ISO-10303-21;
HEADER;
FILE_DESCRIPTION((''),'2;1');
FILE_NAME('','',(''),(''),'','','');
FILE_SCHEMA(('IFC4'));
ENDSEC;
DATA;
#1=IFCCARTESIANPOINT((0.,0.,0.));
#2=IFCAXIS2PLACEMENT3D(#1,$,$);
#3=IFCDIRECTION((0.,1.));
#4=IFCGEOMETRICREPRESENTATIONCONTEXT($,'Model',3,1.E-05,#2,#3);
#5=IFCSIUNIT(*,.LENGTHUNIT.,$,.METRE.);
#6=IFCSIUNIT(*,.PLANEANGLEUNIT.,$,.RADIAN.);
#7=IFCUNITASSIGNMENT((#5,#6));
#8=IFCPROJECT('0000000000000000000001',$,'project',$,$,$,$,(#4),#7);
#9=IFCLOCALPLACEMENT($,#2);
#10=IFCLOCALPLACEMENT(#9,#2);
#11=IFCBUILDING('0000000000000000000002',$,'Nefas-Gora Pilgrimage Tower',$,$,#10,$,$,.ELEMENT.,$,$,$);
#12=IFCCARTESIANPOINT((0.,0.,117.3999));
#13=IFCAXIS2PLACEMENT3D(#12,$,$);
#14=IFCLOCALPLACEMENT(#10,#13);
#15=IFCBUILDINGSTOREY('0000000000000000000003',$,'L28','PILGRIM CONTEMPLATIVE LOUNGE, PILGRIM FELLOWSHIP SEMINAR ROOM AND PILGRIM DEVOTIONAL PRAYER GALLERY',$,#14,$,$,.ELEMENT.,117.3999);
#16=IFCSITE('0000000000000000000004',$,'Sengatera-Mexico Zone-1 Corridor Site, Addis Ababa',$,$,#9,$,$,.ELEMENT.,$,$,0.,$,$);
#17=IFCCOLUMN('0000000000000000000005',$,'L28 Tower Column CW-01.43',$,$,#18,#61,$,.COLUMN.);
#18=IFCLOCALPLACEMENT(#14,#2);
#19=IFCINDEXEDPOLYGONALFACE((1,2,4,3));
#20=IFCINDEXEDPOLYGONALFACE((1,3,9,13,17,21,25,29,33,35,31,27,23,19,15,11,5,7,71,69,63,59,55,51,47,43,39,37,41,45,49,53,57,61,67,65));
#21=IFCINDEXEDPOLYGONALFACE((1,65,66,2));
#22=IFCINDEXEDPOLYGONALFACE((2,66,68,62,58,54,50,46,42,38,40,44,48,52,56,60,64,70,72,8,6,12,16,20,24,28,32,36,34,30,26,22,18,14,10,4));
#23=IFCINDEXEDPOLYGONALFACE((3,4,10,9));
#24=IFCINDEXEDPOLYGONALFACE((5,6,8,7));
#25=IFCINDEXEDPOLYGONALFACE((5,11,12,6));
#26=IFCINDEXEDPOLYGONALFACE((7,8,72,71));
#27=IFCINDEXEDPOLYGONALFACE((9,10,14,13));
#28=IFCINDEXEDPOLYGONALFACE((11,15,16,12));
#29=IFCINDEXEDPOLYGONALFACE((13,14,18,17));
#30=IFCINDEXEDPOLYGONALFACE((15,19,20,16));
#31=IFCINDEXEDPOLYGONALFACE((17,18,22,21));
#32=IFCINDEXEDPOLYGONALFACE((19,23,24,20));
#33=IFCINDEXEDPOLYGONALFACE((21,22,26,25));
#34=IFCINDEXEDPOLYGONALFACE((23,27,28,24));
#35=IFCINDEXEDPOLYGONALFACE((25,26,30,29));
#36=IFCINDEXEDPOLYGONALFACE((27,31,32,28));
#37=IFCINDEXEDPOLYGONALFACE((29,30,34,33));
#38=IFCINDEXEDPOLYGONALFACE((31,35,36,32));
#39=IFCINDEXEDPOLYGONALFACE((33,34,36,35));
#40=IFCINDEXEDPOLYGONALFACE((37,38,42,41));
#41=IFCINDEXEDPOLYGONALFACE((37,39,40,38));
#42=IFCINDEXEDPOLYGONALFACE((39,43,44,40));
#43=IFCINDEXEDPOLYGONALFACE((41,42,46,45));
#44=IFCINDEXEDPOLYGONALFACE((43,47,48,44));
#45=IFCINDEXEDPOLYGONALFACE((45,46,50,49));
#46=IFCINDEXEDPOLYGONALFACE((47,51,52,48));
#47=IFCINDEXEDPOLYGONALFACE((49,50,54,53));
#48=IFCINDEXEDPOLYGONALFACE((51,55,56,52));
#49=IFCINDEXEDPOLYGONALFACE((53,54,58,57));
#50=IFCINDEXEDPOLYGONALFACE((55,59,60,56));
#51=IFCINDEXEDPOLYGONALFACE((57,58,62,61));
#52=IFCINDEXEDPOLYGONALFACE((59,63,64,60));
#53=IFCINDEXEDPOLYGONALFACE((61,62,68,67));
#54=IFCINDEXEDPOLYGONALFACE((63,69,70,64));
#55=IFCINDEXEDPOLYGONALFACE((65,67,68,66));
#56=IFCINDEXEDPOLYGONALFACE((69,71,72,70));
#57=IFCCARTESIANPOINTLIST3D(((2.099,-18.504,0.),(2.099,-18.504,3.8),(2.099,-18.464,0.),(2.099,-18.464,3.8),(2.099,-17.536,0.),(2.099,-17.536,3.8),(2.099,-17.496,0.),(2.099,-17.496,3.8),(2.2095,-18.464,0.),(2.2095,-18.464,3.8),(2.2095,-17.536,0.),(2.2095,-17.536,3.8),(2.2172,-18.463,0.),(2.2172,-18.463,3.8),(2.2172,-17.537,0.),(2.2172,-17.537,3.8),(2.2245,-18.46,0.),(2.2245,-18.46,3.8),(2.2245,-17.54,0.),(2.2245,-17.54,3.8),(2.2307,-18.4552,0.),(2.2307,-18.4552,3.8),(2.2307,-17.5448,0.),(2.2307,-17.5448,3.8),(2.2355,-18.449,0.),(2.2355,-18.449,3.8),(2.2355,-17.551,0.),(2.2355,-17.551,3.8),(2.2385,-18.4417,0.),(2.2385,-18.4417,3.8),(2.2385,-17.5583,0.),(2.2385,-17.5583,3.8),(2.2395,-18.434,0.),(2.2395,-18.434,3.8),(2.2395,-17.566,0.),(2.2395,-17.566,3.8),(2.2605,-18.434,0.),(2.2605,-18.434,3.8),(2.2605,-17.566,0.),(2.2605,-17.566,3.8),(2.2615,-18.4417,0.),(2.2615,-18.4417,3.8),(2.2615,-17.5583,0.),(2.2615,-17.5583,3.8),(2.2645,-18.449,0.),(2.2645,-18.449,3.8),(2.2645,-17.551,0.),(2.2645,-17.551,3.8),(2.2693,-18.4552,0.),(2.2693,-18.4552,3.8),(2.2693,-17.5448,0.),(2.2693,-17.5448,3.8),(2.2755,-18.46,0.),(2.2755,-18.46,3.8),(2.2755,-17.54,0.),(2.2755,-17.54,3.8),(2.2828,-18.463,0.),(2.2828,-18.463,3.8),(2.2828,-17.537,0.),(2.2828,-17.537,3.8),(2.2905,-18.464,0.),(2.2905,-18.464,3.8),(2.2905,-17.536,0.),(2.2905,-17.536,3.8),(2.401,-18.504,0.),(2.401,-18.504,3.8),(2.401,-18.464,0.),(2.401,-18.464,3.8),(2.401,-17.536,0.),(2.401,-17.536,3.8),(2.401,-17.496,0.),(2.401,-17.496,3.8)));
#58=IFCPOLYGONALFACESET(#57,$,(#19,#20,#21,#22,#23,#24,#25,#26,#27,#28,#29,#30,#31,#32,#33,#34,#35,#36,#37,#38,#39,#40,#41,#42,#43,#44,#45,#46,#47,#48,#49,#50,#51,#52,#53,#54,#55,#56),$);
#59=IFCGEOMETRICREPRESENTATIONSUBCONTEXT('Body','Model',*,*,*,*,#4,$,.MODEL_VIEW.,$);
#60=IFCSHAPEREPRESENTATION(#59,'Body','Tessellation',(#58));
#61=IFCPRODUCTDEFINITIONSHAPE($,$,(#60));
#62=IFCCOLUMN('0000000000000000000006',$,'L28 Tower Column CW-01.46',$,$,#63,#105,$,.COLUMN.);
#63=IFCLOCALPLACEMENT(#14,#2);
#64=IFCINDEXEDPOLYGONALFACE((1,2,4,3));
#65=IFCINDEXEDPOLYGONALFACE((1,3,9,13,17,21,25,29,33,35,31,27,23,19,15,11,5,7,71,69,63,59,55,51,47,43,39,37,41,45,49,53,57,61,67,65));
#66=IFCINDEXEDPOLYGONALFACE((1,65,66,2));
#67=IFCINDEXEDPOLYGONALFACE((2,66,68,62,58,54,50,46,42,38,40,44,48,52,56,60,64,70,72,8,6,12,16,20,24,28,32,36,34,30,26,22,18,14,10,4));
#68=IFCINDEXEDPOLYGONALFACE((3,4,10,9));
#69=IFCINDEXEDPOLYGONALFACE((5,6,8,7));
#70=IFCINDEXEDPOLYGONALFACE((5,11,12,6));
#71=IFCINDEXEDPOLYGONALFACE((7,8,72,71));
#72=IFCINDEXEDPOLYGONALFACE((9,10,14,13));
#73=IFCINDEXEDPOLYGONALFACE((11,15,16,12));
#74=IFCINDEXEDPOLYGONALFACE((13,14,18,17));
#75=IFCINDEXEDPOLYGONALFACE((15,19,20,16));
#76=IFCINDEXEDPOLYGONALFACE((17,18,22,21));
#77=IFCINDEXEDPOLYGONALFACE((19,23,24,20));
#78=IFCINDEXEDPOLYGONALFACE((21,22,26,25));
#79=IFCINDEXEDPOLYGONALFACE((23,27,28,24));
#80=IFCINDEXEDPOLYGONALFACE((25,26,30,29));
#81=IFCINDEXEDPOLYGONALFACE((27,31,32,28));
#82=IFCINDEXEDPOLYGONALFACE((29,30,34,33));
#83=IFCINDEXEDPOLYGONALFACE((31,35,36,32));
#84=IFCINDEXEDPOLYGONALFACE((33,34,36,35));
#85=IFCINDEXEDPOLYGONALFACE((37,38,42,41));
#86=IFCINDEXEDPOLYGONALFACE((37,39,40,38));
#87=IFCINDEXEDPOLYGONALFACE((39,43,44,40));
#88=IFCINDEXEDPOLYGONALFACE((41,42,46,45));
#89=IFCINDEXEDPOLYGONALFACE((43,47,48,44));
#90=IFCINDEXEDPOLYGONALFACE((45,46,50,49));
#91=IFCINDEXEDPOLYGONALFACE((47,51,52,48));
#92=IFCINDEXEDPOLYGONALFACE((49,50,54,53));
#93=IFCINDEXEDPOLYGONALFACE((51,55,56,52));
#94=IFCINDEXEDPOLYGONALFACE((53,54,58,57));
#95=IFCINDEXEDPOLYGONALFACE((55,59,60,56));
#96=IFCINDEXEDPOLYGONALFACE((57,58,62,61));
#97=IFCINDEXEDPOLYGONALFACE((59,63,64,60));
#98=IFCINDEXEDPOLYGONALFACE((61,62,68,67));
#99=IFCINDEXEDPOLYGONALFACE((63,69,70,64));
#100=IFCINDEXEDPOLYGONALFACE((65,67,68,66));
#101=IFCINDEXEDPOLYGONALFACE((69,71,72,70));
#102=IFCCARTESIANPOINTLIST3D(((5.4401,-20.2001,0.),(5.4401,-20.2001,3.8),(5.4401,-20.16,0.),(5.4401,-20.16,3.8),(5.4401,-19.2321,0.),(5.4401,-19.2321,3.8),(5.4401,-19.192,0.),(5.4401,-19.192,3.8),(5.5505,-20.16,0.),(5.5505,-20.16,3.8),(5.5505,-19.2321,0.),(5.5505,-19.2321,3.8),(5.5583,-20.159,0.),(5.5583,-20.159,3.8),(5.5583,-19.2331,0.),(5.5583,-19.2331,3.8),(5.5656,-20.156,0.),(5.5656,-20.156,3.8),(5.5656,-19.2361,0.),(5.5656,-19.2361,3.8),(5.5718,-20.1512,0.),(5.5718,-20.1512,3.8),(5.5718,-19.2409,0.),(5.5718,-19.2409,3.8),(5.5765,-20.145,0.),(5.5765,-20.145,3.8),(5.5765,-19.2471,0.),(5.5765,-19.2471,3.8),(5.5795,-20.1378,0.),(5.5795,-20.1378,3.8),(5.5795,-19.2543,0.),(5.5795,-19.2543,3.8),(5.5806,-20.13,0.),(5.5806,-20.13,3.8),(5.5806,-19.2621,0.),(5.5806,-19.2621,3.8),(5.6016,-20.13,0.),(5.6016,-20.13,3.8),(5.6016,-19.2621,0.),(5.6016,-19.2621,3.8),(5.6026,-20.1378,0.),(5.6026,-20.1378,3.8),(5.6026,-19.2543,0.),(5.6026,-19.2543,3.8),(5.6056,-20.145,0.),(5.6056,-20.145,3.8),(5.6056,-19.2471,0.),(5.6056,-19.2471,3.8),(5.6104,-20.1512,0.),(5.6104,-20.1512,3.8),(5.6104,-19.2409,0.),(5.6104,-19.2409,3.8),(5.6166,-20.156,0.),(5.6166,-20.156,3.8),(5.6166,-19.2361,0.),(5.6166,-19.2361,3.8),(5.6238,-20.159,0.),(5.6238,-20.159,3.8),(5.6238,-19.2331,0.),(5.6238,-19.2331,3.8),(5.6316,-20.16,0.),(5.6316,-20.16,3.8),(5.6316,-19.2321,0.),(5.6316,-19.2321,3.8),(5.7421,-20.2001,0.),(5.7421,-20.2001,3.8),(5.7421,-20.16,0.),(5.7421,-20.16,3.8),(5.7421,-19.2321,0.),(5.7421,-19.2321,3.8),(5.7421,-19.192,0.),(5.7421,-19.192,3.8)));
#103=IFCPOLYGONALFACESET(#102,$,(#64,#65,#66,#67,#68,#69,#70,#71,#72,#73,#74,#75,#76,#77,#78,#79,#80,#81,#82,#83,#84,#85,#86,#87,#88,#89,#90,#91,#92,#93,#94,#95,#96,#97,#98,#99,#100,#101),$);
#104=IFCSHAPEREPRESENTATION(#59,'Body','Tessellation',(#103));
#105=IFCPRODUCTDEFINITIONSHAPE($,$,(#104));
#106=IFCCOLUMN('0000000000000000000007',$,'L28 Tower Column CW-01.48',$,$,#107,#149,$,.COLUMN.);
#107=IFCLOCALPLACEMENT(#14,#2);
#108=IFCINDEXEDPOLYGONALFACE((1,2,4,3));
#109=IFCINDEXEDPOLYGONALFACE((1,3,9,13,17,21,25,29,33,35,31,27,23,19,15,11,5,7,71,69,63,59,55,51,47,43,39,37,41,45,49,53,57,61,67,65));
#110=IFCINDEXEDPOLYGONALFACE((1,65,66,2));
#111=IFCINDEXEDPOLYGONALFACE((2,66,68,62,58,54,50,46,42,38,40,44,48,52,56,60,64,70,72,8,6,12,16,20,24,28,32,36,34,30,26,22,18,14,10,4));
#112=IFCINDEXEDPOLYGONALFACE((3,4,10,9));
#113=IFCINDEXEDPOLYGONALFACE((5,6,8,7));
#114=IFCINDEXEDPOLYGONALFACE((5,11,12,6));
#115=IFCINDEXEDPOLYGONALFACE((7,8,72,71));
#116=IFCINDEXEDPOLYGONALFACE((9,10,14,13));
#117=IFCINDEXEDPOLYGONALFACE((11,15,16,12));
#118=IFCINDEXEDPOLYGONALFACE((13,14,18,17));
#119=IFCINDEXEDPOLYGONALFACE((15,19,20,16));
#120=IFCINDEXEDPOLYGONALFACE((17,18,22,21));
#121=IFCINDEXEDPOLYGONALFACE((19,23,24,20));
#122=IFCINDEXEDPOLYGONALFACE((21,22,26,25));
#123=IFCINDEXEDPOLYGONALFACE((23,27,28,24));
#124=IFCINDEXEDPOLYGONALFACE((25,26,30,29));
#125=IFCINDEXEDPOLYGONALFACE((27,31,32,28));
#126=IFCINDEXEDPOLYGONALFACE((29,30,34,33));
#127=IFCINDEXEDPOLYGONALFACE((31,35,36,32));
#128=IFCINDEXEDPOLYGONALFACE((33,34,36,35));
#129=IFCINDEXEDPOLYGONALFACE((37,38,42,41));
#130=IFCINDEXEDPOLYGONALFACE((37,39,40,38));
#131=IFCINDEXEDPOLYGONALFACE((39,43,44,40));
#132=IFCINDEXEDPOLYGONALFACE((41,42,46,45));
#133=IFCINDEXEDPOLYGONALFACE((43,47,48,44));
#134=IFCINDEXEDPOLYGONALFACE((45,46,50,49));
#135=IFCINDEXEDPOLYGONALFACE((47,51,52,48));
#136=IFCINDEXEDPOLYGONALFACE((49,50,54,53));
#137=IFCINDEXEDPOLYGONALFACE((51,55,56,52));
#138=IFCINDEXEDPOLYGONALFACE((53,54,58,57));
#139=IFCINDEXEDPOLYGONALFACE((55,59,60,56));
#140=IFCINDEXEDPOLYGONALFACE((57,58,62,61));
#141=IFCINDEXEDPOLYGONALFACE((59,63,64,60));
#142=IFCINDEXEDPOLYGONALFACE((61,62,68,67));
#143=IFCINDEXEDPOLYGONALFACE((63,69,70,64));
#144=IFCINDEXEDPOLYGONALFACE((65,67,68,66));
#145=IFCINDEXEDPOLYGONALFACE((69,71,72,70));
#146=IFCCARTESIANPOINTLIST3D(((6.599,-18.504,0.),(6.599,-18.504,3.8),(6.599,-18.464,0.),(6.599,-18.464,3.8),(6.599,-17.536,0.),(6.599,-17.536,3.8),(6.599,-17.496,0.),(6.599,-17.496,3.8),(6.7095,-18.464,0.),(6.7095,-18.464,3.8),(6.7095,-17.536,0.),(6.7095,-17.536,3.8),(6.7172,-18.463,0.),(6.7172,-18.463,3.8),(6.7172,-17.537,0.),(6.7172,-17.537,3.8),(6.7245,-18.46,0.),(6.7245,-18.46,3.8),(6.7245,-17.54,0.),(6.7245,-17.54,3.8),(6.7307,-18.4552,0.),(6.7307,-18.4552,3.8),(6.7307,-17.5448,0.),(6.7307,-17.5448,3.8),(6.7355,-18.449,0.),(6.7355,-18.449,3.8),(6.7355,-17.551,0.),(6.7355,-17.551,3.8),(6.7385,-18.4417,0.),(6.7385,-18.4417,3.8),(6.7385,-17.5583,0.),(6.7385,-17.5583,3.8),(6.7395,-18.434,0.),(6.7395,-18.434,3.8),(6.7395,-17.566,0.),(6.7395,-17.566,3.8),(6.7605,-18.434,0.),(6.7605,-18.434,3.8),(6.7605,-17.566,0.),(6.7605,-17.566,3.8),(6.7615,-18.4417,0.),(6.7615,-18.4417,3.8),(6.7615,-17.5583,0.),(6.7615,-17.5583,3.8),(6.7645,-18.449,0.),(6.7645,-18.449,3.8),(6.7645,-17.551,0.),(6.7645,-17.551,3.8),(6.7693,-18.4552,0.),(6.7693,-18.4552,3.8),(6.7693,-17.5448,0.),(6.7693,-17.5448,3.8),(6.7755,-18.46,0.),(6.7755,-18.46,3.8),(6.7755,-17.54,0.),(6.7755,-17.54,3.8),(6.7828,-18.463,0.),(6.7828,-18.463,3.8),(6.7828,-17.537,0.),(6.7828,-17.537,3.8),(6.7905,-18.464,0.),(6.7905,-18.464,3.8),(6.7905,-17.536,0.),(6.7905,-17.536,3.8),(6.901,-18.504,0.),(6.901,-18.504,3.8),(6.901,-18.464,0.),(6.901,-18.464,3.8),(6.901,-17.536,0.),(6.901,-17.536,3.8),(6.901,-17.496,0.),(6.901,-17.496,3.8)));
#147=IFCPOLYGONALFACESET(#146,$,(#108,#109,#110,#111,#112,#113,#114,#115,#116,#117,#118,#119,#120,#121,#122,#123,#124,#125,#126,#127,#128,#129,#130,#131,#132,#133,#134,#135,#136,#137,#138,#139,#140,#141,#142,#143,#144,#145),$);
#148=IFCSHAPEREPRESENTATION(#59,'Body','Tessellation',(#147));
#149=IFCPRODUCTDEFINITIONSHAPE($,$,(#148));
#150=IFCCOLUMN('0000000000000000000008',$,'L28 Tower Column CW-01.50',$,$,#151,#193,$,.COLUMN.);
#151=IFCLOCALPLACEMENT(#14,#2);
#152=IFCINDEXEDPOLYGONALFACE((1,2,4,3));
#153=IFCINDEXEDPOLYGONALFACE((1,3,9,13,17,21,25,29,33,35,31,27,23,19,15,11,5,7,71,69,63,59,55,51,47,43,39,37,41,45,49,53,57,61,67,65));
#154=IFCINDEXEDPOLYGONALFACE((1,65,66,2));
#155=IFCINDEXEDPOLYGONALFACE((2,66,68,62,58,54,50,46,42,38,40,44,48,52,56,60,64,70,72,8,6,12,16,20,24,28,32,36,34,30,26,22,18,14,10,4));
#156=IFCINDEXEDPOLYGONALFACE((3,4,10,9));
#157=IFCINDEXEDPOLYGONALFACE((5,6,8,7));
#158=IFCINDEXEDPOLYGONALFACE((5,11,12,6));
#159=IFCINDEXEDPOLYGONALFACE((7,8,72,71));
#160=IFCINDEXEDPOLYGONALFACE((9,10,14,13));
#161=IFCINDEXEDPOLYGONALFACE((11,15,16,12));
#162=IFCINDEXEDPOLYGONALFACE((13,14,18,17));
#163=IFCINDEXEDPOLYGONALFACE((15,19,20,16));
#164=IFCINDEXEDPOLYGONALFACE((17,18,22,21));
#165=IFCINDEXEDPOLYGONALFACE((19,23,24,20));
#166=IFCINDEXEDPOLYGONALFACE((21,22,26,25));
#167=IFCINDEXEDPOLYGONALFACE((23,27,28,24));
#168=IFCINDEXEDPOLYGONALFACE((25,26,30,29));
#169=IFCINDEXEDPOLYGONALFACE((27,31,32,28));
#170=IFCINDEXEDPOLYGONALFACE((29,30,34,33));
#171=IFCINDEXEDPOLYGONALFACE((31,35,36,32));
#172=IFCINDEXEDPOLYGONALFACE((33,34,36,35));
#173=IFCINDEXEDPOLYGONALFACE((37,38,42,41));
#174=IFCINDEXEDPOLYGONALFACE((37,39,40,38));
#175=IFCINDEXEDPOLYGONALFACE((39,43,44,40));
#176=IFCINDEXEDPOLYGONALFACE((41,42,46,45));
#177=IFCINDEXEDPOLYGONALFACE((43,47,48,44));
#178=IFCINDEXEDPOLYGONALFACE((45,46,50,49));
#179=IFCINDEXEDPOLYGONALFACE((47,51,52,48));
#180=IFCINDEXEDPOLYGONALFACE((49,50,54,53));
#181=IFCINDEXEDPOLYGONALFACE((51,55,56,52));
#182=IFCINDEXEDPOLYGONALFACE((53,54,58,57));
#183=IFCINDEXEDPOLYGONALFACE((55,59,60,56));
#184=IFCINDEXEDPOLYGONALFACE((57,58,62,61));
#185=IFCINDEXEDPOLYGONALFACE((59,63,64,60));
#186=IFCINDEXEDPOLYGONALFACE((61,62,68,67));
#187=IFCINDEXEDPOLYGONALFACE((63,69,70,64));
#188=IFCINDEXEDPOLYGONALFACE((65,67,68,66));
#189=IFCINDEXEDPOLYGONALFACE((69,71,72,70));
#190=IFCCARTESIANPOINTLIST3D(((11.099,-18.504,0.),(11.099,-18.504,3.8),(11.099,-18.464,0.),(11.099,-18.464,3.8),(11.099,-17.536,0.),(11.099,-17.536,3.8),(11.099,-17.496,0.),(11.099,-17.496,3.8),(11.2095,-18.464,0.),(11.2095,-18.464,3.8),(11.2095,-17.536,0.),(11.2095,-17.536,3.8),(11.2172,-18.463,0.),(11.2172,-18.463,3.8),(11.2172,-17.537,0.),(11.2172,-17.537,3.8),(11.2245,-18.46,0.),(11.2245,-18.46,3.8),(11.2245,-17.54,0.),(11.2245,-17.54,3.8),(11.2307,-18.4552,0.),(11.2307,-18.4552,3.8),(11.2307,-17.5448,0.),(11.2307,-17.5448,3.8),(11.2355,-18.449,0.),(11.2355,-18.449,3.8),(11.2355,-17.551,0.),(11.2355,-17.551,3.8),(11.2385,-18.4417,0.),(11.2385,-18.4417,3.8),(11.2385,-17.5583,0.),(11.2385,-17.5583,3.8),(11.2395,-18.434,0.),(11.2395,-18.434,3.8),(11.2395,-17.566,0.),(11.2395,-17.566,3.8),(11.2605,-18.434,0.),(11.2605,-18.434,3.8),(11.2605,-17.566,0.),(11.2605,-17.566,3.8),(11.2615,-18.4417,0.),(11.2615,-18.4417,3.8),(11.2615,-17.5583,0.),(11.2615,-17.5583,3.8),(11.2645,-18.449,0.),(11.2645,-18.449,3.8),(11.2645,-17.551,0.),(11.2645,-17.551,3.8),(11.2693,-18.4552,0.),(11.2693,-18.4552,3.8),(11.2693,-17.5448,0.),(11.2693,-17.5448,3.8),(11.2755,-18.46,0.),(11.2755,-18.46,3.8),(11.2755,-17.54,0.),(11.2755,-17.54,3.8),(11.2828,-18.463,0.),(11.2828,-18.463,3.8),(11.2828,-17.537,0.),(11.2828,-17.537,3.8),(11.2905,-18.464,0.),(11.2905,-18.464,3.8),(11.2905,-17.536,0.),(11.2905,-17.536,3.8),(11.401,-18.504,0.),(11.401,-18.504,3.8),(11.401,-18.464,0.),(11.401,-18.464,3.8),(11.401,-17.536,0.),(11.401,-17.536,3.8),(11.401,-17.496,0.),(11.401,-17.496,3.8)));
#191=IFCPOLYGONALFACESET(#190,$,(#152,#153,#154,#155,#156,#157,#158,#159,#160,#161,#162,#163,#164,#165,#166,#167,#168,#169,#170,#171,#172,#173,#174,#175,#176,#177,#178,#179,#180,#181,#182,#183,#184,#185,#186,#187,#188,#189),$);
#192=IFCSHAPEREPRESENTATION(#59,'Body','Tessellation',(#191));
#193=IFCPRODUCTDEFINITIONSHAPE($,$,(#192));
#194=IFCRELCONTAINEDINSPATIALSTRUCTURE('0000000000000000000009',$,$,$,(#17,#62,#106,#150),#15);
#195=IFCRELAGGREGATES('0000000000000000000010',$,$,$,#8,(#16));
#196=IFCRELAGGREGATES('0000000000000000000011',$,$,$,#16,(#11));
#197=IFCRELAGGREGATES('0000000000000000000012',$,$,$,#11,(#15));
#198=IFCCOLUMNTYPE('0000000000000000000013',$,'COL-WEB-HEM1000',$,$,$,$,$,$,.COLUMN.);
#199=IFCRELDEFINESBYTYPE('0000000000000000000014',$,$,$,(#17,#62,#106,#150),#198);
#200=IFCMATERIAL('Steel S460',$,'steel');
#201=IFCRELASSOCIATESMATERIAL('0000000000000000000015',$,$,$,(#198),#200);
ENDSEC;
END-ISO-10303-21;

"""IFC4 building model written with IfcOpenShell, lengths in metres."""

from ifc_helpers import new_model, si_unit, direction, frame, origin, origin_2d, place, context, subcontext, project, spatial, i_section, extrude, source, transform, mapped, material, material_profile, profile_set, type_object, element, save


model = new_model("IFC4")

# Units and contexts
model_context = context("Model", 3, precision=1e-05, world=origin(), true_north=direction((0.0, 1.0)))
body_context = subcontext(model_context, "Body", "Model", "MODEL_VIEW")
ifc_project = project(units=[si_unit("LENGTHUNIT", "METRE"), si_unit("PLANEANGLEUNIT", "RADIAN")], contexts=[model_context])

# Site, building, storey
site_placement = place(None, origin())
site = spatial("IfcSite", under=ifc_project, at=site_placement, Name="Sengatera-Mexico Zone-1 Corridor Site, Addis Ababa", CompositionType="ELEMENT", RefElevation=0.0)
building_placement = place(site_placement, origin())
building = spatial("IfcBuilding", under=site, at=building_placement, Name="Nefas-Gora Pilgrimage Tower", CompositionType="ELEMENT")
storey_placement = place(building_placement, frame((0.0, 0.0, 117.3999)))
storey = spatial("IfcBuildingStorey", under=building, at=storey_placement, Name="L28", Description="PILGRIM CONTEMPLATIVE LOUNGE, PILGRIM FELLOWSHIP SEMINAR ROOM AND PILGRIM DEVOTIONAL PRAYER GALLERY", CompositionType="ELEMENT", Elevation=117.3999)

# Columns
ifc_material_1 = material(Name="Steel S460", Category="steel")
ifc_material_profile_1 = material_profile(ifc_material_1, i_section(OverallWidth=0.302, OverallDepth=1.0081, WebThickness=0.021, FlangeThickness=0.04, FilletRadius=0.03, at=origin_2d()), Name="HEM 1000")
ifc_profile_set_1 = profile_set([ifc_material_profile_1], Name="Steel S460")
column_type_1 = type_object("IfcColumnType", Name="COL-WEB-HEM1000", PredefinedType="COLUMN", material=ifc_profile_set_1)
shared_shape_1 = source(origin(), body_context, "Body", "SweptSolid", [
    extrude(i_section(OverallWidth=0.302, OverallDepth=1.0081, WebThickness=0.021, FlangeThickness=0.04, FilletRadius=0.03, at=origin_2d()), origin(), (0.0, 0.0, 1.0), 3.8),
])
for number, where, z_axis, x_axis, name in (
    (1, (2.25, -18.0, 0.0), (0.0, 0.0, 1.0), (1.0, 0.0, 0.0), "L28 Tower Column CW-01.43"),
    (2, (5.5911, -19.696, 0.0), (0.0, 0.0, 1.0), (1.0, 0.0, 0.0), "L28 Tower Column CW-01.46"),
    (3, (6.75, -18.0, 0.0), (0.0, 0.0, 1.0), (1.0, 0.0, 0.0), "L28 Tower Column CW-01.48"),
    (4, (11.25, -18.0, 0.0), (0.0, 0.0, 1.0), (1.0, 0.0, 0.0), "L28 Tower Column CW-01.50"),
):
    element("IfcColumn", number, at=place(storey_placement, frame(where, z_axis=z_axis, x_axis=x_axis)), inside=storey, type_object=column_type_1, Name=name, PredefinedType="COLUMN", context=body_context, shape_type="MappedRepresentation", body=[
        mapped(shared_shape_1, transform((0.0, 0.0, 0.0), x_axis=(1.0, 0.0, 0.0), y_axis=(0.0, 1.0, 0.0), z_axis=(0.0, 0.0, 1.0), scale=1.0)),
    ])

save(model, "model.ifc")
